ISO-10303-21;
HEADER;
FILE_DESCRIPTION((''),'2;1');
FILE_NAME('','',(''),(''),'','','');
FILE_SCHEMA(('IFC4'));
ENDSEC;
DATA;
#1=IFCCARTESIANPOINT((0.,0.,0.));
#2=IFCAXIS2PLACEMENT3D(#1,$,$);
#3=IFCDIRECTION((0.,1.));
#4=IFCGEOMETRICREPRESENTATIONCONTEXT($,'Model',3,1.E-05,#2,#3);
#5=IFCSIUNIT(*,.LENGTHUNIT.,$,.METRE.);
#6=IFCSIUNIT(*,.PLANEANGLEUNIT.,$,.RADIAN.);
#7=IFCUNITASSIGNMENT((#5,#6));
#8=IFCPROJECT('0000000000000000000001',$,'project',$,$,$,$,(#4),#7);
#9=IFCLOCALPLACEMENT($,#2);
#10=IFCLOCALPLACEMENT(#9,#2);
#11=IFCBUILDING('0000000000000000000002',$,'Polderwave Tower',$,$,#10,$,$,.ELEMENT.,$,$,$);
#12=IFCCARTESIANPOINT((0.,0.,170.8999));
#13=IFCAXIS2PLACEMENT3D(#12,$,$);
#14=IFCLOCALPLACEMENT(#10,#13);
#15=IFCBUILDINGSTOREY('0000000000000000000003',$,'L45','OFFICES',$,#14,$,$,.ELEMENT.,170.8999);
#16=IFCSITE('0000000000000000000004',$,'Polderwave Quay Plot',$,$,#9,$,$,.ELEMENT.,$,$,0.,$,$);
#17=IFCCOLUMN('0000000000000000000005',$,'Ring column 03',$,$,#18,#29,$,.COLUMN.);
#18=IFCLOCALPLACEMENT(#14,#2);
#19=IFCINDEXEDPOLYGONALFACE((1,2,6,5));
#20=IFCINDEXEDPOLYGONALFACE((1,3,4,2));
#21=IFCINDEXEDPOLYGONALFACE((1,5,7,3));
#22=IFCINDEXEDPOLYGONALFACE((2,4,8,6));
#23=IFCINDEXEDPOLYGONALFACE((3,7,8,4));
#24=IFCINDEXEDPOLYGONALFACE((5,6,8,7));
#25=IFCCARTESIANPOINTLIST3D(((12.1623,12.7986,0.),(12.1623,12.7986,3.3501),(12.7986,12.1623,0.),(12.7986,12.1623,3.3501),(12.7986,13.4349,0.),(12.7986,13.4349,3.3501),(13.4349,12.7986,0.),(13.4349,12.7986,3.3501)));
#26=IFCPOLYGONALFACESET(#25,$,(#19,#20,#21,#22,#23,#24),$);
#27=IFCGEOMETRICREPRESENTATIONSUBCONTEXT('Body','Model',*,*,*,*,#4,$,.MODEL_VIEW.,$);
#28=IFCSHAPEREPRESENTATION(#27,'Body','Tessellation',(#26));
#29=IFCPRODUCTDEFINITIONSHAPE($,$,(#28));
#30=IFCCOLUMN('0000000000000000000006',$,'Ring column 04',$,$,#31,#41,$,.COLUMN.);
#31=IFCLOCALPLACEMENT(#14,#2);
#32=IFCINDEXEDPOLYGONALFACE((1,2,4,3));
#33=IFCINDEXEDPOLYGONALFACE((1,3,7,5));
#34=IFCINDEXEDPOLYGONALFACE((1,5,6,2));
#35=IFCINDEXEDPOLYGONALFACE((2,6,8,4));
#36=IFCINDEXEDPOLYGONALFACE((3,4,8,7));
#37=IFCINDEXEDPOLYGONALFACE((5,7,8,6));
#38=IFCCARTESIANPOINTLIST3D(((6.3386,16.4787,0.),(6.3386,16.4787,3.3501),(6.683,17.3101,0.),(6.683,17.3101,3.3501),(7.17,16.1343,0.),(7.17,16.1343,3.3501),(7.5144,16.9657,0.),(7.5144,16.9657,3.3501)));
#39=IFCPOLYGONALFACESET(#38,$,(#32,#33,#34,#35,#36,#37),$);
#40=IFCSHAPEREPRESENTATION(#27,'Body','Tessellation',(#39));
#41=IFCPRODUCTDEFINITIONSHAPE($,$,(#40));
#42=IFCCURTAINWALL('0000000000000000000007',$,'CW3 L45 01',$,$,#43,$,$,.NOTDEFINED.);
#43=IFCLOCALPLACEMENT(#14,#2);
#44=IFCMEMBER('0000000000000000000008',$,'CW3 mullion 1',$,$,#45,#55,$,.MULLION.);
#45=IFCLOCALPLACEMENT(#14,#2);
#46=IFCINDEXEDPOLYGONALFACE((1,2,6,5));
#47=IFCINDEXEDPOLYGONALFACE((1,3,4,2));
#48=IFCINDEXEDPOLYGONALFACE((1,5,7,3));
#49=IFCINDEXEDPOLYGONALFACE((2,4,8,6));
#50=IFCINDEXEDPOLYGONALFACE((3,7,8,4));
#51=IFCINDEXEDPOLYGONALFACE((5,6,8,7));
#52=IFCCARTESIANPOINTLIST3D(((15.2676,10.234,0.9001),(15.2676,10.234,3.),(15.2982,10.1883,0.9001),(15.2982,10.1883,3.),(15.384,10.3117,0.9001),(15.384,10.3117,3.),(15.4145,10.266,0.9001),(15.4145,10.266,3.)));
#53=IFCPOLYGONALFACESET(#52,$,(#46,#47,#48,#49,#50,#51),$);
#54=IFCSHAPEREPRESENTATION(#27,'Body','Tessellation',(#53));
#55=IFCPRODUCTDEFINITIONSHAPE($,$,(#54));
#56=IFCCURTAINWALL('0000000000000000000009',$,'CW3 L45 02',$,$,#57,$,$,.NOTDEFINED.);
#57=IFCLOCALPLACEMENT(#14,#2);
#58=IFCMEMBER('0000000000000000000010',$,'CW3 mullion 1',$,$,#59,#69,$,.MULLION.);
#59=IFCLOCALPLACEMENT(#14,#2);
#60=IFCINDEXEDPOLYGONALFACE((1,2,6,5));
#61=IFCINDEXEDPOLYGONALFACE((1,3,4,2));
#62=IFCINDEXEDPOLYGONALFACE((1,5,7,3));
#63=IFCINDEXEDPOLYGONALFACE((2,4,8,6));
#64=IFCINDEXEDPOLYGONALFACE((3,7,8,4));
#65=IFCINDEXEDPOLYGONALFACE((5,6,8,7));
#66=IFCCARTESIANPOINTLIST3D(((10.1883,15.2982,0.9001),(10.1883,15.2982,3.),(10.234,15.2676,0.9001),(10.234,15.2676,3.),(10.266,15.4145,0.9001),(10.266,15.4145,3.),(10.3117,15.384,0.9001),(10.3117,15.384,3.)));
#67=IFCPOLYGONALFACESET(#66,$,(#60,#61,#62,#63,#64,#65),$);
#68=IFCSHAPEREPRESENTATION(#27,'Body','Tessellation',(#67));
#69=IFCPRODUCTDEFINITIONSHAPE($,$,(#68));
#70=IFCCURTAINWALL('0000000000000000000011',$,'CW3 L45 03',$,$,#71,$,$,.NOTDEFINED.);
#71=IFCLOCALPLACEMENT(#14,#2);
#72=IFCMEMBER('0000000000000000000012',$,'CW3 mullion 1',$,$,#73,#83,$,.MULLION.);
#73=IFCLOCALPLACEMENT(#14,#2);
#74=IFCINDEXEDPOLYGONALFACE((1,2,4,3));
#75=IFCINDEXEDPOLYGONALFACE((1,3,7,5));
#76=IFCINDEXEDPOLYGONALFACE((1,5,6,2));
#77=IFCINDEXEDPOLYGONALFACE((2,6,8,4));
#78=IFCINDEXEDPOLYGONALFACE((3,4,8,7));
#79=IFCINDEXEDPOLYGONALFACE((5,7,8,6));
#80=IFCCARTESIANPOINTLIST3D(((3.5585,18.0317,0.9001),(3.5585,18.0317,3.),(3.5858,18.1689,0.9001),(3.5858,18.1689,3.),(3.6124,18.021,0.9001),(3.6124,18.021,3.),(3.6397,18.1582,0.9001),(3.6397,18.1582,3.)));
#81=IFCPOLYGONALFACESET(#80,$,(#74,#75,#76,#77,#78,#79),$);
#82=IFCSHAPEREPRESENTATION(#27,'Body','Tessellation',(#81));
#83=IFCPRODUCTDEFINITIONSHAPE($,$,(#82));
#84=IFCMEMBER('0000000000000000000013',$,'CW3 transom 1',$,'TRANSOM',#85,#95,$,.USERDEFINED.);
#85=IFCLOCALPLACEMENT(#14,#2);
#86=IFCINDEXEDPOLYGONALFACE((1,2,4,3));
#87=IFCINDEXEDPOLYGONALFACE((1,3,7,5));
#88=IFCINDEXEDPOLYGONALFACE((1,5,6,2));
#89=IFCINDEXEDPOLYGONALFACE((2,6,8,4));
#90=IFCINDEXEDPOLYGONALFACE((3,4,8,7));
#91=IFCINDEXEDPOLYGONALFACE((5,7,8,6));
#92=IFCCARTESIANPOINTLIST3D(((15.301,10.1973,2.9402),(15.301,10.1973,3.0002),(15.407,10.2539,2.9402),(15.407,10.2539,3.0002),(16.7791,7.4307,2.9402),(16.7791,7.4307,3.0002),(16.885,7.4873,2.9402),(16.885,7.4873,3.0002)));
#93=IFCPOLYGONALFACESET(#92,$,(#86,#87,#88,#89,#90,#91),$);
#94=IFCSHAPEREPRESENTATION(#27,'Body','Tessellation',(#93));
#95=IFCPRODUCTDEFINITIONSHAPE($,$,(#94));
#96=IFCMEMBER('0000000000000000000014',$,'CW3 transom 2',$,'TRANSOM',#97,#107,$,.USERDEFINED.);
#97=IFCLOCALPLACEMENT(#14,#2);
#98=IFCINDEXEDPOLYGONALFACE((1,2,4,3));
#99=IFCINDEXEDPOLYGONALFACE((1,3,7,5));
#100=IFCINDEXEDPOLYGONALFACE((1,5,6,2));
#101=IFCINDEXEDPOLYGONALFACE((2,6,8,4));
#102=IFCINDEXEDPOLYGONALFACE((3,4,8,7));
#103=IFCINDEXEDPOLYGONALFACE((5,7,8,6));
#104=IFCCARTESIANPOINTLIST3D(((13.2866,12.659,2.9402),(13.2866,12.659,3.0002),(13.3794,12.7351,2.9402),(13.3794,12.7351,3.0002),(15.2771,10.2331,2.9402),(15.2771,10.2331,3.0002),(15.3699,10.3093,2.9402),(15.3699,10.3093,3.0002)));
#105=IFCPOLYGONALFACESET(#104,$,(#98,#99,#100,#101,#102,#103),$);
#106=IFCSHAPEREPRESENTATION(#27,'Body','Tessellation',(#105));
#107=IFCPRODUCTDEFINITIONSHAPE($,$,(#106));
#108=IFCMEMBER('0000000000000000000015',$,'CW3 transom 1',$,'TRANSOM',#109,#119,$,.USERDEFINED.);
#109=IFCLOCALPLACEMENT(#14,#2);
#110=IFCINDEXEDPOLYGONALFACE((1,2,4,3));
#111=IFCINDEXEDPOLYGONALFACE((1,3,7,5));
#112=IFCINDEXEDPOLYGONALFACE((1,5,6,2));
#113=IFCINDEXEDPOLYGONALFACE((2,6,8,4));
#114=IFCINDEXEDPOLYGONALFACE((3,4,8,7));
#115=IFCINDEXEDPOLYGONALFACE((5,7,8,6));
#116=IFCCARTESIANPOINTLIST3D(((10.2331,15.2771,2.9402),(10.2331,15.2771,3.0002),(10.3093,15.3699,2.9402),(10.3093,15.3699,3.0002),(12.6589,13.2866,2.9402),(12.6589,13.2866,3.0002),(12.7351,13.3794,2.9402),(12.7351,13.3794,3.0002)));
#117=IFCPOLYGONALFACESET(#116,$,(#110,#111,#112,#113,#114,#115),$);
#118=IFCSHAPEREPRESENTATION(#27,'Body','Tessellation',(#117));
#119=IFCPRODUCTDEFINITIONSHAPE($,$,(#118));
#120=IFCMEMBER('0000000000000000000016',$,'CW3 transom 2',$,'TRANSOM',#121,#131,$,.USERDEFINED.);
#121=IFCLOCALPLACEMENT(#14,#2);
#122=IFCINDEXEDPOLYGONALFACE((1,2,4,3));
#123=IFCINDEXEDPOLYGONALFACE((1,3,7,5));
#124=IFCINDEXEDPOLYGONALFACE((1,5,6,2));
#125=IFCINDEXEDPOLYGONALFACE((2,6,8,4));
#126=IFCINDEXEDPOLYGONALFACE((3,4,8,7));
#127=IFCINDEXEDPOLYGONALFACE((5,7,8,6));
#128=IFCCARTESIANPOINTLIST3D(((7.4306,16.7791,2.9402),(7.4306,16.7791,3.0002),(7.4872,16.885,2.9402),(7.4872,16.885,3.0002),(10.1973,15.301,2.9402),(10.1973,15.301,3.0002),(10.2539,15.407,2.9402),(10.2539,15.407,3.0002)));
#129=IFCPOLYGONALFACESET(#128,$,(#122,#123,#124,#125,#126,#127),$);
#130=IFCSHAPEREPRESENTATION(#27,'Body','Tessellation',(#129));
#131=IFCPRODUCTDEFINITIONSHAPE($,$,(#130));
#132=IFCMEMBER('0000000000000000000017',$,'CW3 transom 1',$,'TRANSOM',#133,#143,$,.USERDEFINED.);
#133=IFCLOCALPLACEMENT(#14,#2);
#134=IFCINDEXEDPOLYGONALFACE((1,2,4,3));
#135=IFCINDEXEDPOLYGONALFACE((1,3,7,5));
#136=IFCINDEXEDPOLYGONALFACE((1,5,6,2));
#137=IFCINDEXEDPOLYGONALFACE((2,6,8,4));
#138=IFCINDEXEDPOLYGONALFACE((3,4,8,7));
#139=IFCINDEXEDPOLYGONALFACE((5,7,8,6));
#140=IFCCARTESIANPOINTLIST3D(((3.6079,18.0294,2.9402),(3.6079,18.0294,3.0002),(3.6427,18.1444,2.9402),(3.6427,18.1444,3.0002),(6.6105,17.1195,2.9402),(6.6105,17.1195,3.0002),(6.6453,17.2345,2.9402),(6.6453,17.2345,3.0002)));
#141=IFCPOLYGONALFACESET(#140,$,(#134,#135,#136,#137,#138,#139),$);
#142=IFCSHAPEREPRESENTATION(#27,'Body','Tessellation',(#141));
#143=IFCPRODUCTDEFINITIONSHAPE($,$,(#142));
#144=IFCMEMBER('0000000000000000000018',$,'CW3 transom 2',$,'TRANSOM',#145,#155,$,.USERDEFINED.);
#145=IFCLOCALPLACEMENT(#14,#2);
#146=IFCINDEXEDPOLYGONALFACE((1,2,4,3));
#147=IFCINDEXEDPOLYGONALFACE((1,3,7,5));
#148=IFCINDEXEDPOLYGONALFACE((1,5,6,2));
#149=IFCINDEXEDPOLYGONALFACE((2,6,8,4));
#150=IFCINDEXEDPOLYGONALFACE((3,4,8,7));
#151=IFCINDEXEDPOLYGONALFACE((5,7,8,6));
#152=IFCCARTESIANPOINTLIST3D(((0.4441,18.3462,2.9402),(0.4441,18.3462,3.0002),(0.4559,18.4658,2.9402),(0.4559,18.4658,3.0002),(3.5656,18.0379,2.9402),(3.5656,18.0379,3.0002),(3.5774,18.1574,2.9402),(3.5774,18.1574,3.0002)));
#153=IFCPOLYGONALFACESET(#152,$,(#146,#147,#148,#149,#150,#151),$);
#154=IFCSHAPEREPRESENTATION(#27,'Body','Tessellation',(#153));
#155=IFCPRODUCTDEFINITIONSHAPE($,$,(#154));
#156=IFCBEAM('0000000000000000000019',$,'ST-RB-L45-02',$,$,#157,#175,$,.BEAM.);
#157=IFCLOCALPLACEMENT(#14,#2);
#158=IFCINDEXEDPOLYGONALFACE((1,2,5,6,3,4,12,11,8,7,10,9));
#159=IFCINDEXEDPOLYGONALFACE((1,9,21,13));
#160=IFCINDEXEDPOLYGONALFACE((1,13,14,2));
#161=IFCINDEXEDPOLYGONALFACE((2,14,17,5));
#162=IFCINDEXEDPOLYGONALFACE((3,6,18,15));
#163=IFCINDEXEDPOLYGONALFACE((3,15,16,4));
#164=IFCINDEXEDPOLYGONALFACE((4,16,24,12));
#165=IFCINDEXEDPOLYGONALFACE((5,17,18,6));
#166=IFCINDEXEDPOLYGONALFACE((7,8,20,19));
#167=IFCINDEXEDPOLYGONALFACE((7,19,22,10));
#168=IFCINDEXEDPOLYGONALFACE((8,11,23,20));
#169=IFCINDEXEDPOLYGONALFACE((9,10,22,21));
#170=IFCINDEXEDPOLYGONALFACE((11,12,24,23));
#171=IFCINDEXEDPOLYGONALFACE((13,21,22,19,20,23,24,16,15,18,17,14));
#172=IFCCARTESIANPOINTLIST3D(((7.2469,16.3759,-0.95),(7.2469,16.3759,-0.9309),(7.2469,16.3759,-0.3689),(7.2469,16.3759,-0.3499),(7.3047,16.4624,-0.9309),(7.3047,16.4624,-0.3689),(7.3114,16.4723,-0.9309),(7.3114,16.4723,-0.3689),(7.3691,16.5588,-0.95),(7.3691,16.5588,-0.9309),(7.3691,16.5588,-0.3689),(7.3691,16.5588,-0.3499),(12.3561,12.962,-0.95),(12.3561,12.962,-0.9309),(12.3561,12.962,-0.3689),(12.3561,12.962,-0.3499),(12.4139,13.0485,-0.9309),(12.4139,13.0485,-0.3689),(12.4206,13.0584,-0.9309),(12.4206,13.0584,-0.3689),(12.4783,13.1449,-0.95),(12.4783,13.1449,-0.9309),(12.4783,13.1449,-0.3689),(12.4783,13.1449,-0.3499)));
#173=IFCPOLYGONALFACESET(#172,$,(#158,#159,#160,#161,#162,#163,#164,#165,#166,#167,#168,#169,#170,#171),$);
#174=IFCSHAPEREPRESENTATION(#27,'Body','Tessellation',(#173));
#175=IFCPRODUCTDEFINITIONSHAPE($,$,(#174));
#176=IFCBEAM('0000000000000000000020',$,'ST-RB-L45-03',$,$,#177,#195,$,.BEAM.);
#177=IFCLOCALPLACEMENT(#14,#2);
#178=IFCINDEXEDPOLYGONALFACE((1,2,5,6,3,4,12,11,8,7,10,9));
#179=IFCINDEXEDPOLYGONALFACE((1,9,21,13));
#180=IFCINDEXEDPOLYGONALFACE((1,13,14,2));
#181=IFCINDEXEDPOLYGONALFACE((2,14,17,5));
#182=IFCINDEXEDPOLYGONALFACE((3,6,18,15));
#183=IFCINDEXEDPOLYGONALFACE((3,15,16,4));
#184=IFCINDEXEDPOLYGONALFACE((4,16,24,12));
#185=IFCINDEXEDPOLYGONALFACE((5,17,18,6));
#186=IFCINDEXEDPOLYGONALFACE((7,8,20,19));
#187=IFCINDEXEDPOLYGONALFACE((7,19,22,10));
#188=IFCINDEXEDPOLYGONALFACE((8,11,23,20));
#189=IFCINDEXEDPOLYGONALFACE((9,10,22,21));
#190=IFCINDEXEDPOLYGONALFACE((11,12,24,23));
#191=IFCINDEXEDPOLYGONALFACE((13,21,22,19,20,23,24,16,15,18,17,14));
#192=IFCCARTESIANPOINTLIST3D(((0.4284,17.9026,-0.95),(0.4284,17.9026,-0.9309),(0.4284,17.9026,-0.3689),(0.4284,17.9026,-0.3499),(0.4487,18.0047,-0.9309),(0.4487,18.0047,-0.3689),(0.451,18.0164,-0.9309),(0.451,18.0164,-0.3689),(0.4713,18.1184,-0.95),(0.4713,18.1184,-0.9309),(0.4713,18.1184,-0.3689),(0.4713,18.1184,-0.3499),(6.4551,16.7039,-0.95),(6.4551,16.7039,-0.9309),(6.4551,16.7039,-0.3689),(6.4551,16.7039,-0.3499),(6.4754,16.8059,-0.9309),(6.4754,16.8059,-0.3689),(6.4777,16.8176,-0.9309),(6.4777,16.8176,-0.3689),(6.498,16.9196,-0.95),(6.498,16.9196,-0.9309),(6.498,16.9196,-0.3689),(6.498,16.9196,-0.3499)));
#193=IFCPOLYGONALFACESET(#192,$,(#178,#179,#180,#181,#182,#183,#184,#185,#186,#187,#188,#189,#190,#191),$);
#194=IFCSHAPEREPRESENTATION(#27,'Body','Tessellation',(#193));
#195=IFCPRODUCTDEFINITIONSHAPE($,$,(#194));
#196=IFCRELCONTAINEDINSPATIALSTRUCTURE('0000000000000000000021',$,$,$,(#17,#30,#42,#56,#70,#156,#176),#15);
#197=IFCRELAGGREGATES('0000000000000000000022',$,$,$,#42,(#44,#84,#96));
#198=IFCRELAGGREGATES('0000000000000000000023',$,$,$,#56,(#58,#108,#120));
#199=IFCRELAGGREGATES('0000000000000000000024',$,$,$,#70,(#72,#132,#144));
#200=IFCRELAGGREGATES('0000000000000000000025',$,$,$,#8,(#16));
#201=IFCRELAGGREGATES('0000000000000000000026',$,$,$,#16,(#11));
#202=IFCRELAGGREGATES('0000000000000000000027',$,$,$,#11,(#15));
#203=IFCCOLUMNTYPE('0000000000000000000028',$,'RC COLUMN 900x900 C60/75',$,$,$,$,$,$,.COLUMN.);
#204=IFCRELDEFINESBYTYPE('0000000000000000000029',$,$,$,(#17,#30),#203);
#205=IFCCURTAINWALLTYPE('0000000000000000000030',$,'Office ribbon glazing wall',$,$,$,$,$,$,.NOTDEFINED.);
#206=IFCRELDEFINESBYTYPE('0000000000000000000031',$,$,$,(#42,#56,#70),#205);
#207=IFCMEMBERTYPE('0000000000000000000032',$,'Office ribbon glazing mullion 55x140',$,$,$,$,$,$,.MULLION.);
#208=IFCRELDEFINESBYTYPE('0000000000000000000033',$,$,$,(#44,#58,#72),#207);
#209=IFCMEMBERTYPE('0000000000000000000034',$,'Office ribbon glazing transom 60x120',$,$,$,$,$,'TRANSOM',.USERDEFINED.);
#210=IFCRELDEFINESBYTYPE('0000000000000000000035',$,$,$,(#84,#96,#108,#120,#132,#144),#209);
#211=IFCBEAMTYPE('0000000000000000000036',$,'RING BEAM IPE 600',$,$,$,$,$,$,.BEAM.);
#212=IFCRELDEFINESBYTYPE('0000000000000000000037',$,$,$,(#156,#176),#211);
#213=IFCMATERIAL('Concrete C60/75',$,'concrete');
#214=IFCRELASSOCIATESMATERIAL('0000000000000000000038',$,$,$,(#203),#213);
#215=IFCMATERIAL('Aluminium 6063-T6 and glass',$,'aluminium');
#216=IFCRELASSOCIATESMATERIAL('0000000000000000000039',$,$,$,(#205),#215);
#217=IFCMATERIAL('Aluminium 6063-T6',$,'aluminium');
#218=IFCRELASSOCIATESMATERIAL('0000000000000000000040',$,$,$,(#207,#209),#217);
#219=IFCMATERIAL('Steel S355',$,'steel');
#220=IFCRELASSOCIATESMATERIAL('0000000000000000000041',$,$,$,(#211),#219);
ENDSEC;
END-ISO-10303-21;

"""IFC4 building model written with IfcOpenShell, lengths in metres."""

from ifc_helpers import new_model, si_unit, direction, frame, origin, origin_2d, place, context, subcontext, project, spatial, rectangle, i_section, extrude, material, material_profile, profile_set, type_object, element, aggregate, save


model = new_model("IFC4")

# Units and contexts
model_context = context("Model", 3, precision=1e-05, world=origin(), true_north=direction((0.0, 1.0)))
body_context = subcontext(model_context, "Body", "Model", "MODEL_VIEW")
ifc_project = project(units=[si_unit("LENGTHUNIT", "METRE"), si_unit("PLANEANGLEUNIT", "RADIAN")], contexts=[model_context])

# Site, building, storey
site_placement = place(None, origin())
site = spatial("IfcSite", under=ifc_project, at=site_placement, Name="Polderwave Quay Plot", CompositionType="ELEMENT", RefElevation=0.0)
building_placement = place(site_placement, origin())
building = spatial("IfcBuilding", under=site, at=building_placement, Name="Polderwave Tower", CompositionType="ELEMENT")
storey_placement = place(building_placement, frame((0.0, 0.0, 170.8999)))
storey = spatial("IfcBuildingStorey", under=building, at=storey_placement, Name="L45", Description="OFFICES", CompositionType="ELEMENT", Elevation=170.8999)

# Columns
ifc_material_1 = material(Name="Concrete C60/75", Category="concrete")
ifc_material_profile_1 = material_profile(ifc_material_1, rectangle(XDim=0.8999, YDim=0.8999, at=origin_2d()), Name="RC 900x900")
ifc_profile_set_1 = profile_set([ifc_material_profile_1], Name="Concrete C60/75")
column_type = type_object("IfcColumnType", Name="RC COLUMN 900x900 C60/75", PredefinedType="COLUMN", material=ifc_profile_set_1)
for number, where, z_axis, x_axis, name in (
    (1, (12.7986, 12.7986, 0.0), (0.0, 0.0, 1.0), (0.707107, 0.707107, 0.0), "Ring column 03"),
    (2, (6.9265, 16.7222, 0.0), (0.0, 0.0, 1.0), (0.382683, 0.92388, 0.0), "Ring column 04"),
):
    element("IfcColumn", number, at=place(storey_placement, frame(where, z_axis=z_axis, x_axis=x_axis)), inside=storey, type_object=column_type, Name=name, PredefinedType="COLUMN", context=body_context, shape_type="SweptSolid", body=[
        extrude(rectangle(XDim=0.8999, YDim=0.8999, at=origin_2d()), origin(), (0.0, 0.0, 1.0), 3.3501),
    ])

# Curtain walls, members
ifc_material_2 = material(Name="Aluminium 6063-T6 and glass", Category="aluminium")
curtain_wall_type = type_object("IfcCurtainWallType", Name="Office ribbon glazing wall", PredefinedType="NOTDEFINED", material=ifc_material_2)
curtain_wall_1_placement = place(storey_placement, origin())
curtain_wall_1 = element("IfcCurtainWall", 3, at=curtain_wall_1_placement, inside=storey, type_object=curtain_wall_type, Name="CW3 L45 01", PredefinedType="NOTDEFINED")
ifc_material_3 = material(Name="Aluminium 6063-T6", Category="aluminium")
ifc_material_profile_2 = material_profile(ifc_material_3, rectangle(XDim=0.1399, YDim=0.0549, at=origin_2d()), Name="AL 55x140")
ifc_profile_set_2 = profile_set([ifc_material_profile_2], Name="Aluminium 6063-T6")
member_type_1 = type_object("IfcMemberType", Name="Office ribbon glazing mullion 55x140", PredefinedType="MULLION", material=ifc_profile_set_2)
member_1_placement = place(storey_placement, frame((15.3411, 10.25, 0.9001), z_axis=(0.0, 0.0, 1.0), x_axis=(-0.831547, -0.555454, 0.0)))
member_1 = element("IfcMember", 4, at=member_1_placement, type_object=member_type_1, Name="CW3 mullion 1", PredefinedType="MULLION", context=body_context, shape_type="SweptSolid", body=[
    extrude(rectangle(XDim=0.1399, YDim=0.0549, at=origin_2d()), origin(), (0.0, 0.0, 1.0), 2.0999),
])
curtain_wall_2_placement = place(storey_placement, origin())
curtain_wall_2 = element("IfcCurtainWall", 5, at=curtain_wall_2_placement, inside=storey, type_object=curtain_wall_type, Name="CW3 L45 02", PredefinedType="NOTDEFINED")
member_2_placement = place(storey_placement, frame((10.25, 15.3411, 0.9001), z_axis=(0.0, 0.0, 1.0), x_axis=(-0.555454, -0.831547, 0.0)))
member_2 = element("IfcMember", 6, at=member_2_placement, type_object=member_type_1, Name="CW3 mullion 1", PredefinedType="MULLION", context=body_context, shape_type="SweptSolid", body=[
    extrude(rectangle(XDim=0.1399, YDim=0.0549, at=origin_2d()), origin(), (0.0, 0.0, 1.0), 2.0999),
])
curtain_wall_3_placement = place(storey_placement, origin())
curtain_wall_3 = element("IfcCurtainWall", 7, at=curtain_wall_3_placement, inside=storey, type_object=curtain_wall_type, Name="CW3 L45 03", PredefinedType="NOTDEFINED")
member_3_placement = place(storey_placement, frame((3.5991, 18.095, 0.9001), z_axis=(0.0, 0.0, 1.0), x_axis=(-0.195097, -0.980784, 0.0)))
member_3 = element("IfcMember", 8, at=member_3_placement, type_object=member_type_1, Name="CW3 mullion 1", PredefinedType="MULLION", context=body_context, shape_type="SweptSolid", body=[
    extrude(rectangle(XDim=0.1399, YDim=0.0549, at=origin_2d()), origin(), (0.0, 0.0, 1.0), 2.0999),
])

# Members
ifc_material_profile_3 = material_profile(ifc_material_3, rectangle(XDim=0.1201, YDim=0.0601, at=origin_2d()), Name="AL 60x120")
ifc_profile_set_3 = profile_set([ifc_material_profile_3], Name="Aluminium 6063-T6")
member_type_2 = type_object("IfcMemberType", Name="Office ribbon glazing transom 60x120", ElementType="TRANSOM", PredefinedType="USERDEFINED", material=ifc_profile_set_3)
member_4_placement = place(storey_placement, frame((16.832, 7.459, 2.9702), z_axis=(-0.47121, 0.882021, 0.0), x_axis=(-0.882021, -0.47121, 0.0)))
member_4 = element("IfcMember", 9, at=member_4_placement, type_object=member_type_2, Name="CW3 transom 1", ObjectType="TRANSOM", PredefinedType="USERDEFINED", context=body_context, shape_type="SweptSolid", body=[
    extrude(rectangle(XDim=0.1201, YDim=0.0601, at=origin_2d()), origin(), (0.0, 0.0, 1.0), 3.1367),
])
member_5_placement = place(storey_placement, frame((15.3235, 10.2712, 2.9702), z_axis=(-0.634334, 0.773059, 0.0), x_axis=(-0.773059, -0.634334, 0.0)))
member_5 = element("IfcMember", 10, at=member_5_placement, type_object=member_type_2, Name="CW3 transom 2", ObjectType="TRANSOM", PredefinedType="USERDEFINED", context=body_context, shape_type="SweptSolid", body=[
    extrude(rectangle(XDim=0.1201, YDim=0.0601, at=origin_2d()), origin(), (0.0, 0.0, 1.0), 3.1379),
])
member_6_placement = place(storey_placement, frame((12.697, 13.333, 2.9702), z_axis=(-0.773059, 0.634334, 0.0), x_axis=(-0.634334, -0.773059, 0.0)))
member_6 = element("IfcMember", 11, at=member_6_placement, type_object=member_type_2, Name="CW3 transom 1", ObjectType="TRANSOM", PredefinedType="USERDEFINED", context=body_context, shape_type="SweptSolid", body=[
    extrude(rectangle(XDim=0.1201, YDim=0.0601, at=origin_2d()), origin(), (0.0, 0.0, 1.0), 3.1379),
])
member_7_placement = place(storey_placement, frame((10.2256, 15.354, 2.9702), z_axis=(-0.882021, 0.47121, 0.0), x_axis=(-0.47121, -0.882021, 0.0)))
member_7 = element("IfcMember", 12, at=member_7_placement, type_object=member_type_2, Name="CW3 transom 2", ObjectType="TRANSOM", PredefinedType="USERDEFINED", context=body_context, shape_type="SweptSolid", body=[
    extrude(rectangle(XDim=0.1201, YDim=0.0601, at=origin_2d()), origin(), (0.0, 0.0, 1.0), 3.1367),
])
member_8_placement = place(storey_placement, frame((6.6279, 17.177, 2.9702), z_axis=(-0.957024, 0.29001, 0.0), x_axis=(-0.29001, -0.957024, 0.0)))
member_8 = element("IfcMember", 13, at=member_8_placement, type_object=member_type_2, Name="CW3 transom 1", ObjectType="TRANSOM", PredefinedType="USERDEFINED", context=body_context, shape_type="SweptSolid", body=[
    extrude(rectangle(XDim=0.1201, YDim=0.0601, at=origin_2d()), origin(), (0.0, 0.0, 1.0), 3.1375),
])
member_9_placement = place(storey_placement, frame((3.5715, 18.0977, 2.9702), z_axis=(-0.995157, 0.098301, 0.0), x_axis=(-0.098301, -0.995157, 0.0)))
member_9 = element("IfcMember", 14, at=member_9_placement, type_object=member_type_2, Name="CW3 transom 2", ObjectType="TRANSOM", PredefinedType="USERDEFINED", context=body_context, shape_type="SweptSolid", body=[
    extrude(rectangle(XDim=0.1201, YDim=0.0601, at=origin_2d()), origin(), (0.0, 0.0, 1.0), 3.1367),
])

# Beams
ifc_material_4 = material(Name="Steel S355", Category="steel")
ifc_material_profile_4 = material_profile(ifc_material_4, i_section(OverallWidth=0.22, OverallDepth=0.6001, WebThickness=0.012, FlangeThickness=0.019, at=origin_2d()), Name="IPE 600")
ifc_profile_set_4 = profile_set([ifc_material_profile_4], Name="Steel S355")
beam_type = type_object("IfcBeamType", Name="RING BEAM IPE 600", PredefinedType="BEAM", material=ifc_profile_set_4)
for number, where, z_axis, x_axis, name in (
    (15, (12.4172, 13.0535, -0.6499), (-0.831469, 0.555571, 0.0), (-0.555571, -0.831469, 0.0), "ST-RB-L45-02"),
    (16, (6.4766, 16.8118, -0.6499), (-0.980786, 0.195085, 0.0), (-0.195085, -0.980786, 0.0), "ST-RB-L45-03"),
):
    element("IfcBeam", number, at=place(storey_placement, frame(where, z_axis=z_axis, x_axis=x_axis)), inside=storey, type_object=beam_type, Name=name, PredefinedType="BEAM", context=body_context, shape_type="SweptSolid", body=[
        extrude(i_section(OverallWidth=0.22, OverallDepth=0.6001, WebThickness=0.012, FlangeThickness=0.019, at=origin_2d()), origin(), (0.0, 0.0, 1.0), 6.1448),
    ])

aggregate(curtain_wall_1, [member_1, member_4, member_5])
aggregate(curtain_wall_2, [member_2, member_6, member_7])
aggregate(curtain_wall_3, [member_3, member_8, member_9])

save(model, "model.ifc")
